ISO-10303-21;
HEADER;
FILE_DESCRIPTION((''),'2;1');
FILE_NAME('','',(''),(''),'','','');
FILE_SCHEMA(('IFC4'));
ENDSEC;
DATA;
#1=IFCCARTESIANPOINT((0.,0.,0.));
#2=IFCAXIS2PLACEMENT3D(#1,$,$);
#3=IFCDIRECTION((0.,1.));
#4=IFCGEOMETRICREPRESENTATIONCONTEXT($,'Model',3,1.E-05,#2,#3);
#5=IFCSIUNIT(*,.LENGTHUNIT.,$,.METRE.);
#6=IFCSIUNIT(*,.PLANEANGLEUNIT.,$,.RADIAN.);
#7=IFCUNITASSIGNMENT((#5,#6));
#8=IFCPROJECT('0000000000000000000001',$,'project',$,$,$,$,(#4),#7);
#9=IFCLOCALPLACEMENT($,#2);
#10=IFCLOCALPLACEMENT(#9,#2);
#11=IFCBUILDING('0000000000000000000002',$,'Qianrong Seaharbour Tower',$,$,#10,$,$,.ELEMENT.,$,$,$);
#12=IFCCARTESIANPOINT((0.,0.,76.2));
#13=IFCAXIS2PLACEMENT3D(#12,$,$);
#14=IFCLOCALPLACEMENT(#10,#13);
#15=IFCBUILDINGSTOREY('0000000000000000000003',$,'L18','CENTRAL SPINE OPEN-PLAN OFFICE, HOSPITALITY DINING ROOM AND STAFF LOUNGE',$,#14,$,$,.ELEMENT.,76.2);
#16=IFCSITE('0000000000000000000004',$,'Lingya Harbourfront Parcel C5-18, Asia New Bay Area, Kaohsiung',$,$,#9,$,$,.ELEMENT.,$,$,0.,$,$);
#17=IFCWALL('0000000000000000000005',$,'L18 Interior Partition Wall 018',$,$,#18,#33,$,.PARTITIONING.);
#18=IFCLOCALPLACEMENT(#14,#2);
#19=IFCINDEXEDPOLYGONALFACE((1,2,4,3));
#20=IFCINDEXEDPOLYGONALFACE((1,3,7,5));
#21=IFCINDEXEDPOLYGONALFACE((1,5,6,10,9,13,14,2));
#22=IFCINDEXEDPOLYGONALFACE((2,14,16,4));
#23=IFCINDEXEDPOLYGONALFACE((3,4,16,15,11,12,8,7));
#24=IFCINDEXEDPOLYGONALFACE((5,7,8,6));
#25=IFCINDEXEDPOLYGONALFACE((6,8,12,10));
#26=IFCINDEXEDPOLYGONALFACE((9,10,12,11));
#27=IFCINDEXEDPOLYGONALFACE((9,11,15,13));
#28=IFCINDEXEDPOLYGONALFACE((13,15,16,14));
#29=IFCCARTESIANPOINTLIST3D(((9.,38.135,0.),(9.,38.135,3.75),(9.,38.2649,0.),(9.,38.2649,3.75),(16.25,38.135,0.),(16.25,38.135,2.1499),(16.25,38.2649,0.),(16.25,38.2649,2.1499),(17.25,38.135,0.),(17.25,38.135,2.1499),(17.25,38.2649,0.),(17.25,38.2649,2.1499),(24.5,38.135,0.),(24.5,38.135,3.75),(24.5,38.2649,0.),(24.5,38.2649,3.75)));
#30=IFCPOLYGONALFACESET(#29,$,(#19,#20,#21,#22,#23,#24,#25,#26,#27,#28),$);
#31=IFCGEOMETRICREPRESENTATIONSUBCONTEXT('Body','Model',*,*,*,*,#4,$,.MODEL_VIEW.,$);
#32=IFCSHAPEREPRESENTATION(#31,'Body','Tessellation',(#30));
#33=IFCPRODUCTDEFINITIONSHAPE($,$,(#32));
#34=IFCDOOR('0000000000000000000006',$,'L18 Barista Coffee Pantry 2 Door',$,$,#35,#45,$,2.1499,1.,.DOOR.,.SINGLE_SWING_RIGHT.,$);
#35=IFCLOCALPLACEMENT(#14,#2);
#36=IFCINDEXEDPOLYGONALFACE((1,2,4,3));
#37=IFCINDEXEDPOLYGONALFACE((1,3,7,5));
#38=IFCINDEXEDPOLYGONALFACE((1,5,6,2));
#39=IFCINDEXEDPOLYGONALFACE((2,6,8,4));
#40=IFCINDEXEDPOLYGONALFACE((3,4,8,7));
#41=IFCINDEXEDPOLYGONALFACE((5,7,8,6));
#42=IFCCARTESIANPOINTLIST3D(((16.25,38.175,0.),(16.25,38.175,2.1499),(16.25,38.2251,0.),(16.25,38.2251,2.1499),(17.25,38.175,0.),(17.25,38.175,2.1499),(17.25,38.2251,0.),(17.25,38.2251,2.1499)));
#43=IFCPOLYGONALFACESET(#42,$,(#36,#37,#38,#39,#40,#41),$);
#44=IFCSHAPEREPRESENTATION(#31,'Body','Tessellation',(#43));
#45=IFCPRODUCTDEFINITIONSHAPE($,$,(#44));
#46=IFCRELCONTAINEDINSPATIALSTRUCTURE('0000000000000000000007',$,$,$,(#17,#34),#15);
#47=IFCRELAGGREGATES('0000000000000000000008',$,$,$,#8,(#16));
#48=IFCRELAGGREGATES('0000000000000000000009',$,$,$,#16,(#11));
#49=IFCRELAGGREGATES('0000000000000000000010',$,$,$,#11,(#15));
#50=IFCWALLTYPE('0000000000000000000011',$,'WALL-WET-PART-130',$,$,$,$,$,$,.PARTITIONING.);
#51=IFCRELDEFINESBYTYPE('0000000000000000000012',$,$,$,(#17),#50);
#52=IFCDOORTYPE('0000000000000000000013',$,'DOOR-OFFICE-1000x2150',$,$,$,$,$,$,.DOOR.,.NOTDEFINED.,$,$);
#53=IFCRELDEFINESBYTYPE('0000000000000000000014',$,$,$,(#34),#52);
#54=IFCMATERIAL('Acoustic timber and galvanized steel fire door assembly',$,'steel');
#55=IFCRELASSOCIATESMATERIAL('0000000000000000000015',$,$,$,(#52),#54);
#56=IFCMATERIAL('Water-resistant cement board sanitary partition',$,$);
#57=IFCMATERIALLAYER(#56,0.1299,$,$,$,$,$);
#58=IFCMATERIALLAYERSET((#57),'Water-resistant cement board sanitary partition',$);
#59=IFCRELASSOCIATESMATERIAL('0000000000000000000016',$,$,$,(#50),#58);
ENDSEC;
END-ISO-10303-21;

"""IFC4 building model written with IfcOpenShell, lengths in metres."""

from ifc_helpers import new_model, si_unit, direction, frame, frame_2d, origin, place, context, subcontext, project, spatial, rectangle, extrude, material, layer, layer_set, type_object, element, fill, save


model = new_model("IFC4")

# Units and contexts
model_context = context("Model", 3, precision=1e-05, world=origin(), true_north=direction((0.0, 1.0)))
body_context = subcontext(model_context, "Body", "Model", "MODEL_VIEW")
ifc_project = project(units=[si_unit("LENGTHUNIT", "METRE"), si_unit("PLANEANGLEUNIT", "RADIAN")], contexts=[model_context])

# Site, building, storey
site_placement = place(None, origin())
site = spatial("IfcSite", under=ifc_project, at=site_placement, Name="Lingya Harbourfront Parcel C5-18, Asia New Bay Area, Kaohsiung", CompositionType="ELEMENT", RefElevation=0.0)
building_placement = place(site_placement, origin())
building = spatial("IfcBuilding", under=site, at=building_placement, Name="Qianrong Seaharbour Tower", CompositionType="ELEMENT")
storey_placement = place(building_placement, frame((0.0, 0.0, 76.2)))
storey = spatial("IfcBuildingStorey", under=building, at=storey_placement, Name="L18", Description="CENTRAL SPINE OPEN-PLAN OFFICE, HOSPITALITY DINING ROOM AND STAFF LOUNGE", CompositionType="ELEMENT", Elevation=76.2)

# Wall, opening, door
ifc_material_1 = material(Name="Acoustic timber and galvanized steel fire door assembly", Category="steel")
door_type = type_object("IfcDoorType", Name="DOOR-OFFICE-1000x2150", OperationType="NOTDEFINED", PredefinedType="DOOR", material=ifc_material_1)
ifc_material_2 = material(Name="Water-resistant cement board sanitary partition")
ifc_layer_1 = layer(ifc_material_2, 0.1299)
ifc_layer_set_1 = layer_set([ifc_layer_1], Name="Water-resistant cement board sanitary partition")
wall_type_1 = type_object("IfcWallType", Name="WALL-WET-PART-130", PredefinedType="PARTITIONING", material=ifc_layer_set_1)
wall_1_placement = place(storey_placement, frame((24.5, 38.2, 0.0), z_axis=(0.0, 0.0, 1.0), x_axis=(-1.0, 0.0, 0.0)))
wall_1 = element("IfcWall", 1, at=wall_1_placement, inside=storey, type_object=wall_type_1, Name="L18 Interior Partition Wall 018", PredefinedType="PARTITIONING", context=body_context, shape_type="SweptSolid", body=[
    extrude(rectangle(XDim=15.5, YDim=0.1299, at=frame_2d((7.75, 0.0))), origin(), (0.0, 0.0, 1.0), 3.75),
])
opening_1_placement = place(wall_1_placement, frame((7.25, 0.0, 0.0)))
opening_1 = element("IfcOpeningElement", 2, at=opening_1_placement, cuts=wall_1, PredefinedType="OPENING", context=body_context, shape_type="SweptSolid", body=[
    extrude(rectangle(XDim=1.0, YDim=2.1499, at=frame_2d((0.5, 1.075))), frame((0.0, 0.075, 0.0), z_axis=(0.0, -1.0, 0.0), x_axis=(1.0, 0.0, 0.0)), (0.0, 0.0, 1.0), 0.1499),
])
door_1_placement = place(opening_1_placement, origin())
door_1 = element("IfcDoor", 3, at=door_1_placement, inside=storey, type_object=door_type, Name="L18 Barista Coffee Pantry 2 Door", OperationType="SINGLE_SWING_RIGHT", OverallHeight=2.1499, OverallWidth=1.0, PredefinedType="DOOR", context=body_context, shape_type="SweptSolid", body=[
    extrude(rectangle(XDim=1.0, YDim=2.1499, at=frame_2d((0.5, 1.075))), frame((0.0, 0.0249, 0.0), z_axis=(0.0, -1.0, 0.0), x_axis=(1.0, 0.0, 0.0)), (0.0, 0.0, 1.0), 0.05),
])
fill(opening_1, door_1)

save(model, "model.ifc")
